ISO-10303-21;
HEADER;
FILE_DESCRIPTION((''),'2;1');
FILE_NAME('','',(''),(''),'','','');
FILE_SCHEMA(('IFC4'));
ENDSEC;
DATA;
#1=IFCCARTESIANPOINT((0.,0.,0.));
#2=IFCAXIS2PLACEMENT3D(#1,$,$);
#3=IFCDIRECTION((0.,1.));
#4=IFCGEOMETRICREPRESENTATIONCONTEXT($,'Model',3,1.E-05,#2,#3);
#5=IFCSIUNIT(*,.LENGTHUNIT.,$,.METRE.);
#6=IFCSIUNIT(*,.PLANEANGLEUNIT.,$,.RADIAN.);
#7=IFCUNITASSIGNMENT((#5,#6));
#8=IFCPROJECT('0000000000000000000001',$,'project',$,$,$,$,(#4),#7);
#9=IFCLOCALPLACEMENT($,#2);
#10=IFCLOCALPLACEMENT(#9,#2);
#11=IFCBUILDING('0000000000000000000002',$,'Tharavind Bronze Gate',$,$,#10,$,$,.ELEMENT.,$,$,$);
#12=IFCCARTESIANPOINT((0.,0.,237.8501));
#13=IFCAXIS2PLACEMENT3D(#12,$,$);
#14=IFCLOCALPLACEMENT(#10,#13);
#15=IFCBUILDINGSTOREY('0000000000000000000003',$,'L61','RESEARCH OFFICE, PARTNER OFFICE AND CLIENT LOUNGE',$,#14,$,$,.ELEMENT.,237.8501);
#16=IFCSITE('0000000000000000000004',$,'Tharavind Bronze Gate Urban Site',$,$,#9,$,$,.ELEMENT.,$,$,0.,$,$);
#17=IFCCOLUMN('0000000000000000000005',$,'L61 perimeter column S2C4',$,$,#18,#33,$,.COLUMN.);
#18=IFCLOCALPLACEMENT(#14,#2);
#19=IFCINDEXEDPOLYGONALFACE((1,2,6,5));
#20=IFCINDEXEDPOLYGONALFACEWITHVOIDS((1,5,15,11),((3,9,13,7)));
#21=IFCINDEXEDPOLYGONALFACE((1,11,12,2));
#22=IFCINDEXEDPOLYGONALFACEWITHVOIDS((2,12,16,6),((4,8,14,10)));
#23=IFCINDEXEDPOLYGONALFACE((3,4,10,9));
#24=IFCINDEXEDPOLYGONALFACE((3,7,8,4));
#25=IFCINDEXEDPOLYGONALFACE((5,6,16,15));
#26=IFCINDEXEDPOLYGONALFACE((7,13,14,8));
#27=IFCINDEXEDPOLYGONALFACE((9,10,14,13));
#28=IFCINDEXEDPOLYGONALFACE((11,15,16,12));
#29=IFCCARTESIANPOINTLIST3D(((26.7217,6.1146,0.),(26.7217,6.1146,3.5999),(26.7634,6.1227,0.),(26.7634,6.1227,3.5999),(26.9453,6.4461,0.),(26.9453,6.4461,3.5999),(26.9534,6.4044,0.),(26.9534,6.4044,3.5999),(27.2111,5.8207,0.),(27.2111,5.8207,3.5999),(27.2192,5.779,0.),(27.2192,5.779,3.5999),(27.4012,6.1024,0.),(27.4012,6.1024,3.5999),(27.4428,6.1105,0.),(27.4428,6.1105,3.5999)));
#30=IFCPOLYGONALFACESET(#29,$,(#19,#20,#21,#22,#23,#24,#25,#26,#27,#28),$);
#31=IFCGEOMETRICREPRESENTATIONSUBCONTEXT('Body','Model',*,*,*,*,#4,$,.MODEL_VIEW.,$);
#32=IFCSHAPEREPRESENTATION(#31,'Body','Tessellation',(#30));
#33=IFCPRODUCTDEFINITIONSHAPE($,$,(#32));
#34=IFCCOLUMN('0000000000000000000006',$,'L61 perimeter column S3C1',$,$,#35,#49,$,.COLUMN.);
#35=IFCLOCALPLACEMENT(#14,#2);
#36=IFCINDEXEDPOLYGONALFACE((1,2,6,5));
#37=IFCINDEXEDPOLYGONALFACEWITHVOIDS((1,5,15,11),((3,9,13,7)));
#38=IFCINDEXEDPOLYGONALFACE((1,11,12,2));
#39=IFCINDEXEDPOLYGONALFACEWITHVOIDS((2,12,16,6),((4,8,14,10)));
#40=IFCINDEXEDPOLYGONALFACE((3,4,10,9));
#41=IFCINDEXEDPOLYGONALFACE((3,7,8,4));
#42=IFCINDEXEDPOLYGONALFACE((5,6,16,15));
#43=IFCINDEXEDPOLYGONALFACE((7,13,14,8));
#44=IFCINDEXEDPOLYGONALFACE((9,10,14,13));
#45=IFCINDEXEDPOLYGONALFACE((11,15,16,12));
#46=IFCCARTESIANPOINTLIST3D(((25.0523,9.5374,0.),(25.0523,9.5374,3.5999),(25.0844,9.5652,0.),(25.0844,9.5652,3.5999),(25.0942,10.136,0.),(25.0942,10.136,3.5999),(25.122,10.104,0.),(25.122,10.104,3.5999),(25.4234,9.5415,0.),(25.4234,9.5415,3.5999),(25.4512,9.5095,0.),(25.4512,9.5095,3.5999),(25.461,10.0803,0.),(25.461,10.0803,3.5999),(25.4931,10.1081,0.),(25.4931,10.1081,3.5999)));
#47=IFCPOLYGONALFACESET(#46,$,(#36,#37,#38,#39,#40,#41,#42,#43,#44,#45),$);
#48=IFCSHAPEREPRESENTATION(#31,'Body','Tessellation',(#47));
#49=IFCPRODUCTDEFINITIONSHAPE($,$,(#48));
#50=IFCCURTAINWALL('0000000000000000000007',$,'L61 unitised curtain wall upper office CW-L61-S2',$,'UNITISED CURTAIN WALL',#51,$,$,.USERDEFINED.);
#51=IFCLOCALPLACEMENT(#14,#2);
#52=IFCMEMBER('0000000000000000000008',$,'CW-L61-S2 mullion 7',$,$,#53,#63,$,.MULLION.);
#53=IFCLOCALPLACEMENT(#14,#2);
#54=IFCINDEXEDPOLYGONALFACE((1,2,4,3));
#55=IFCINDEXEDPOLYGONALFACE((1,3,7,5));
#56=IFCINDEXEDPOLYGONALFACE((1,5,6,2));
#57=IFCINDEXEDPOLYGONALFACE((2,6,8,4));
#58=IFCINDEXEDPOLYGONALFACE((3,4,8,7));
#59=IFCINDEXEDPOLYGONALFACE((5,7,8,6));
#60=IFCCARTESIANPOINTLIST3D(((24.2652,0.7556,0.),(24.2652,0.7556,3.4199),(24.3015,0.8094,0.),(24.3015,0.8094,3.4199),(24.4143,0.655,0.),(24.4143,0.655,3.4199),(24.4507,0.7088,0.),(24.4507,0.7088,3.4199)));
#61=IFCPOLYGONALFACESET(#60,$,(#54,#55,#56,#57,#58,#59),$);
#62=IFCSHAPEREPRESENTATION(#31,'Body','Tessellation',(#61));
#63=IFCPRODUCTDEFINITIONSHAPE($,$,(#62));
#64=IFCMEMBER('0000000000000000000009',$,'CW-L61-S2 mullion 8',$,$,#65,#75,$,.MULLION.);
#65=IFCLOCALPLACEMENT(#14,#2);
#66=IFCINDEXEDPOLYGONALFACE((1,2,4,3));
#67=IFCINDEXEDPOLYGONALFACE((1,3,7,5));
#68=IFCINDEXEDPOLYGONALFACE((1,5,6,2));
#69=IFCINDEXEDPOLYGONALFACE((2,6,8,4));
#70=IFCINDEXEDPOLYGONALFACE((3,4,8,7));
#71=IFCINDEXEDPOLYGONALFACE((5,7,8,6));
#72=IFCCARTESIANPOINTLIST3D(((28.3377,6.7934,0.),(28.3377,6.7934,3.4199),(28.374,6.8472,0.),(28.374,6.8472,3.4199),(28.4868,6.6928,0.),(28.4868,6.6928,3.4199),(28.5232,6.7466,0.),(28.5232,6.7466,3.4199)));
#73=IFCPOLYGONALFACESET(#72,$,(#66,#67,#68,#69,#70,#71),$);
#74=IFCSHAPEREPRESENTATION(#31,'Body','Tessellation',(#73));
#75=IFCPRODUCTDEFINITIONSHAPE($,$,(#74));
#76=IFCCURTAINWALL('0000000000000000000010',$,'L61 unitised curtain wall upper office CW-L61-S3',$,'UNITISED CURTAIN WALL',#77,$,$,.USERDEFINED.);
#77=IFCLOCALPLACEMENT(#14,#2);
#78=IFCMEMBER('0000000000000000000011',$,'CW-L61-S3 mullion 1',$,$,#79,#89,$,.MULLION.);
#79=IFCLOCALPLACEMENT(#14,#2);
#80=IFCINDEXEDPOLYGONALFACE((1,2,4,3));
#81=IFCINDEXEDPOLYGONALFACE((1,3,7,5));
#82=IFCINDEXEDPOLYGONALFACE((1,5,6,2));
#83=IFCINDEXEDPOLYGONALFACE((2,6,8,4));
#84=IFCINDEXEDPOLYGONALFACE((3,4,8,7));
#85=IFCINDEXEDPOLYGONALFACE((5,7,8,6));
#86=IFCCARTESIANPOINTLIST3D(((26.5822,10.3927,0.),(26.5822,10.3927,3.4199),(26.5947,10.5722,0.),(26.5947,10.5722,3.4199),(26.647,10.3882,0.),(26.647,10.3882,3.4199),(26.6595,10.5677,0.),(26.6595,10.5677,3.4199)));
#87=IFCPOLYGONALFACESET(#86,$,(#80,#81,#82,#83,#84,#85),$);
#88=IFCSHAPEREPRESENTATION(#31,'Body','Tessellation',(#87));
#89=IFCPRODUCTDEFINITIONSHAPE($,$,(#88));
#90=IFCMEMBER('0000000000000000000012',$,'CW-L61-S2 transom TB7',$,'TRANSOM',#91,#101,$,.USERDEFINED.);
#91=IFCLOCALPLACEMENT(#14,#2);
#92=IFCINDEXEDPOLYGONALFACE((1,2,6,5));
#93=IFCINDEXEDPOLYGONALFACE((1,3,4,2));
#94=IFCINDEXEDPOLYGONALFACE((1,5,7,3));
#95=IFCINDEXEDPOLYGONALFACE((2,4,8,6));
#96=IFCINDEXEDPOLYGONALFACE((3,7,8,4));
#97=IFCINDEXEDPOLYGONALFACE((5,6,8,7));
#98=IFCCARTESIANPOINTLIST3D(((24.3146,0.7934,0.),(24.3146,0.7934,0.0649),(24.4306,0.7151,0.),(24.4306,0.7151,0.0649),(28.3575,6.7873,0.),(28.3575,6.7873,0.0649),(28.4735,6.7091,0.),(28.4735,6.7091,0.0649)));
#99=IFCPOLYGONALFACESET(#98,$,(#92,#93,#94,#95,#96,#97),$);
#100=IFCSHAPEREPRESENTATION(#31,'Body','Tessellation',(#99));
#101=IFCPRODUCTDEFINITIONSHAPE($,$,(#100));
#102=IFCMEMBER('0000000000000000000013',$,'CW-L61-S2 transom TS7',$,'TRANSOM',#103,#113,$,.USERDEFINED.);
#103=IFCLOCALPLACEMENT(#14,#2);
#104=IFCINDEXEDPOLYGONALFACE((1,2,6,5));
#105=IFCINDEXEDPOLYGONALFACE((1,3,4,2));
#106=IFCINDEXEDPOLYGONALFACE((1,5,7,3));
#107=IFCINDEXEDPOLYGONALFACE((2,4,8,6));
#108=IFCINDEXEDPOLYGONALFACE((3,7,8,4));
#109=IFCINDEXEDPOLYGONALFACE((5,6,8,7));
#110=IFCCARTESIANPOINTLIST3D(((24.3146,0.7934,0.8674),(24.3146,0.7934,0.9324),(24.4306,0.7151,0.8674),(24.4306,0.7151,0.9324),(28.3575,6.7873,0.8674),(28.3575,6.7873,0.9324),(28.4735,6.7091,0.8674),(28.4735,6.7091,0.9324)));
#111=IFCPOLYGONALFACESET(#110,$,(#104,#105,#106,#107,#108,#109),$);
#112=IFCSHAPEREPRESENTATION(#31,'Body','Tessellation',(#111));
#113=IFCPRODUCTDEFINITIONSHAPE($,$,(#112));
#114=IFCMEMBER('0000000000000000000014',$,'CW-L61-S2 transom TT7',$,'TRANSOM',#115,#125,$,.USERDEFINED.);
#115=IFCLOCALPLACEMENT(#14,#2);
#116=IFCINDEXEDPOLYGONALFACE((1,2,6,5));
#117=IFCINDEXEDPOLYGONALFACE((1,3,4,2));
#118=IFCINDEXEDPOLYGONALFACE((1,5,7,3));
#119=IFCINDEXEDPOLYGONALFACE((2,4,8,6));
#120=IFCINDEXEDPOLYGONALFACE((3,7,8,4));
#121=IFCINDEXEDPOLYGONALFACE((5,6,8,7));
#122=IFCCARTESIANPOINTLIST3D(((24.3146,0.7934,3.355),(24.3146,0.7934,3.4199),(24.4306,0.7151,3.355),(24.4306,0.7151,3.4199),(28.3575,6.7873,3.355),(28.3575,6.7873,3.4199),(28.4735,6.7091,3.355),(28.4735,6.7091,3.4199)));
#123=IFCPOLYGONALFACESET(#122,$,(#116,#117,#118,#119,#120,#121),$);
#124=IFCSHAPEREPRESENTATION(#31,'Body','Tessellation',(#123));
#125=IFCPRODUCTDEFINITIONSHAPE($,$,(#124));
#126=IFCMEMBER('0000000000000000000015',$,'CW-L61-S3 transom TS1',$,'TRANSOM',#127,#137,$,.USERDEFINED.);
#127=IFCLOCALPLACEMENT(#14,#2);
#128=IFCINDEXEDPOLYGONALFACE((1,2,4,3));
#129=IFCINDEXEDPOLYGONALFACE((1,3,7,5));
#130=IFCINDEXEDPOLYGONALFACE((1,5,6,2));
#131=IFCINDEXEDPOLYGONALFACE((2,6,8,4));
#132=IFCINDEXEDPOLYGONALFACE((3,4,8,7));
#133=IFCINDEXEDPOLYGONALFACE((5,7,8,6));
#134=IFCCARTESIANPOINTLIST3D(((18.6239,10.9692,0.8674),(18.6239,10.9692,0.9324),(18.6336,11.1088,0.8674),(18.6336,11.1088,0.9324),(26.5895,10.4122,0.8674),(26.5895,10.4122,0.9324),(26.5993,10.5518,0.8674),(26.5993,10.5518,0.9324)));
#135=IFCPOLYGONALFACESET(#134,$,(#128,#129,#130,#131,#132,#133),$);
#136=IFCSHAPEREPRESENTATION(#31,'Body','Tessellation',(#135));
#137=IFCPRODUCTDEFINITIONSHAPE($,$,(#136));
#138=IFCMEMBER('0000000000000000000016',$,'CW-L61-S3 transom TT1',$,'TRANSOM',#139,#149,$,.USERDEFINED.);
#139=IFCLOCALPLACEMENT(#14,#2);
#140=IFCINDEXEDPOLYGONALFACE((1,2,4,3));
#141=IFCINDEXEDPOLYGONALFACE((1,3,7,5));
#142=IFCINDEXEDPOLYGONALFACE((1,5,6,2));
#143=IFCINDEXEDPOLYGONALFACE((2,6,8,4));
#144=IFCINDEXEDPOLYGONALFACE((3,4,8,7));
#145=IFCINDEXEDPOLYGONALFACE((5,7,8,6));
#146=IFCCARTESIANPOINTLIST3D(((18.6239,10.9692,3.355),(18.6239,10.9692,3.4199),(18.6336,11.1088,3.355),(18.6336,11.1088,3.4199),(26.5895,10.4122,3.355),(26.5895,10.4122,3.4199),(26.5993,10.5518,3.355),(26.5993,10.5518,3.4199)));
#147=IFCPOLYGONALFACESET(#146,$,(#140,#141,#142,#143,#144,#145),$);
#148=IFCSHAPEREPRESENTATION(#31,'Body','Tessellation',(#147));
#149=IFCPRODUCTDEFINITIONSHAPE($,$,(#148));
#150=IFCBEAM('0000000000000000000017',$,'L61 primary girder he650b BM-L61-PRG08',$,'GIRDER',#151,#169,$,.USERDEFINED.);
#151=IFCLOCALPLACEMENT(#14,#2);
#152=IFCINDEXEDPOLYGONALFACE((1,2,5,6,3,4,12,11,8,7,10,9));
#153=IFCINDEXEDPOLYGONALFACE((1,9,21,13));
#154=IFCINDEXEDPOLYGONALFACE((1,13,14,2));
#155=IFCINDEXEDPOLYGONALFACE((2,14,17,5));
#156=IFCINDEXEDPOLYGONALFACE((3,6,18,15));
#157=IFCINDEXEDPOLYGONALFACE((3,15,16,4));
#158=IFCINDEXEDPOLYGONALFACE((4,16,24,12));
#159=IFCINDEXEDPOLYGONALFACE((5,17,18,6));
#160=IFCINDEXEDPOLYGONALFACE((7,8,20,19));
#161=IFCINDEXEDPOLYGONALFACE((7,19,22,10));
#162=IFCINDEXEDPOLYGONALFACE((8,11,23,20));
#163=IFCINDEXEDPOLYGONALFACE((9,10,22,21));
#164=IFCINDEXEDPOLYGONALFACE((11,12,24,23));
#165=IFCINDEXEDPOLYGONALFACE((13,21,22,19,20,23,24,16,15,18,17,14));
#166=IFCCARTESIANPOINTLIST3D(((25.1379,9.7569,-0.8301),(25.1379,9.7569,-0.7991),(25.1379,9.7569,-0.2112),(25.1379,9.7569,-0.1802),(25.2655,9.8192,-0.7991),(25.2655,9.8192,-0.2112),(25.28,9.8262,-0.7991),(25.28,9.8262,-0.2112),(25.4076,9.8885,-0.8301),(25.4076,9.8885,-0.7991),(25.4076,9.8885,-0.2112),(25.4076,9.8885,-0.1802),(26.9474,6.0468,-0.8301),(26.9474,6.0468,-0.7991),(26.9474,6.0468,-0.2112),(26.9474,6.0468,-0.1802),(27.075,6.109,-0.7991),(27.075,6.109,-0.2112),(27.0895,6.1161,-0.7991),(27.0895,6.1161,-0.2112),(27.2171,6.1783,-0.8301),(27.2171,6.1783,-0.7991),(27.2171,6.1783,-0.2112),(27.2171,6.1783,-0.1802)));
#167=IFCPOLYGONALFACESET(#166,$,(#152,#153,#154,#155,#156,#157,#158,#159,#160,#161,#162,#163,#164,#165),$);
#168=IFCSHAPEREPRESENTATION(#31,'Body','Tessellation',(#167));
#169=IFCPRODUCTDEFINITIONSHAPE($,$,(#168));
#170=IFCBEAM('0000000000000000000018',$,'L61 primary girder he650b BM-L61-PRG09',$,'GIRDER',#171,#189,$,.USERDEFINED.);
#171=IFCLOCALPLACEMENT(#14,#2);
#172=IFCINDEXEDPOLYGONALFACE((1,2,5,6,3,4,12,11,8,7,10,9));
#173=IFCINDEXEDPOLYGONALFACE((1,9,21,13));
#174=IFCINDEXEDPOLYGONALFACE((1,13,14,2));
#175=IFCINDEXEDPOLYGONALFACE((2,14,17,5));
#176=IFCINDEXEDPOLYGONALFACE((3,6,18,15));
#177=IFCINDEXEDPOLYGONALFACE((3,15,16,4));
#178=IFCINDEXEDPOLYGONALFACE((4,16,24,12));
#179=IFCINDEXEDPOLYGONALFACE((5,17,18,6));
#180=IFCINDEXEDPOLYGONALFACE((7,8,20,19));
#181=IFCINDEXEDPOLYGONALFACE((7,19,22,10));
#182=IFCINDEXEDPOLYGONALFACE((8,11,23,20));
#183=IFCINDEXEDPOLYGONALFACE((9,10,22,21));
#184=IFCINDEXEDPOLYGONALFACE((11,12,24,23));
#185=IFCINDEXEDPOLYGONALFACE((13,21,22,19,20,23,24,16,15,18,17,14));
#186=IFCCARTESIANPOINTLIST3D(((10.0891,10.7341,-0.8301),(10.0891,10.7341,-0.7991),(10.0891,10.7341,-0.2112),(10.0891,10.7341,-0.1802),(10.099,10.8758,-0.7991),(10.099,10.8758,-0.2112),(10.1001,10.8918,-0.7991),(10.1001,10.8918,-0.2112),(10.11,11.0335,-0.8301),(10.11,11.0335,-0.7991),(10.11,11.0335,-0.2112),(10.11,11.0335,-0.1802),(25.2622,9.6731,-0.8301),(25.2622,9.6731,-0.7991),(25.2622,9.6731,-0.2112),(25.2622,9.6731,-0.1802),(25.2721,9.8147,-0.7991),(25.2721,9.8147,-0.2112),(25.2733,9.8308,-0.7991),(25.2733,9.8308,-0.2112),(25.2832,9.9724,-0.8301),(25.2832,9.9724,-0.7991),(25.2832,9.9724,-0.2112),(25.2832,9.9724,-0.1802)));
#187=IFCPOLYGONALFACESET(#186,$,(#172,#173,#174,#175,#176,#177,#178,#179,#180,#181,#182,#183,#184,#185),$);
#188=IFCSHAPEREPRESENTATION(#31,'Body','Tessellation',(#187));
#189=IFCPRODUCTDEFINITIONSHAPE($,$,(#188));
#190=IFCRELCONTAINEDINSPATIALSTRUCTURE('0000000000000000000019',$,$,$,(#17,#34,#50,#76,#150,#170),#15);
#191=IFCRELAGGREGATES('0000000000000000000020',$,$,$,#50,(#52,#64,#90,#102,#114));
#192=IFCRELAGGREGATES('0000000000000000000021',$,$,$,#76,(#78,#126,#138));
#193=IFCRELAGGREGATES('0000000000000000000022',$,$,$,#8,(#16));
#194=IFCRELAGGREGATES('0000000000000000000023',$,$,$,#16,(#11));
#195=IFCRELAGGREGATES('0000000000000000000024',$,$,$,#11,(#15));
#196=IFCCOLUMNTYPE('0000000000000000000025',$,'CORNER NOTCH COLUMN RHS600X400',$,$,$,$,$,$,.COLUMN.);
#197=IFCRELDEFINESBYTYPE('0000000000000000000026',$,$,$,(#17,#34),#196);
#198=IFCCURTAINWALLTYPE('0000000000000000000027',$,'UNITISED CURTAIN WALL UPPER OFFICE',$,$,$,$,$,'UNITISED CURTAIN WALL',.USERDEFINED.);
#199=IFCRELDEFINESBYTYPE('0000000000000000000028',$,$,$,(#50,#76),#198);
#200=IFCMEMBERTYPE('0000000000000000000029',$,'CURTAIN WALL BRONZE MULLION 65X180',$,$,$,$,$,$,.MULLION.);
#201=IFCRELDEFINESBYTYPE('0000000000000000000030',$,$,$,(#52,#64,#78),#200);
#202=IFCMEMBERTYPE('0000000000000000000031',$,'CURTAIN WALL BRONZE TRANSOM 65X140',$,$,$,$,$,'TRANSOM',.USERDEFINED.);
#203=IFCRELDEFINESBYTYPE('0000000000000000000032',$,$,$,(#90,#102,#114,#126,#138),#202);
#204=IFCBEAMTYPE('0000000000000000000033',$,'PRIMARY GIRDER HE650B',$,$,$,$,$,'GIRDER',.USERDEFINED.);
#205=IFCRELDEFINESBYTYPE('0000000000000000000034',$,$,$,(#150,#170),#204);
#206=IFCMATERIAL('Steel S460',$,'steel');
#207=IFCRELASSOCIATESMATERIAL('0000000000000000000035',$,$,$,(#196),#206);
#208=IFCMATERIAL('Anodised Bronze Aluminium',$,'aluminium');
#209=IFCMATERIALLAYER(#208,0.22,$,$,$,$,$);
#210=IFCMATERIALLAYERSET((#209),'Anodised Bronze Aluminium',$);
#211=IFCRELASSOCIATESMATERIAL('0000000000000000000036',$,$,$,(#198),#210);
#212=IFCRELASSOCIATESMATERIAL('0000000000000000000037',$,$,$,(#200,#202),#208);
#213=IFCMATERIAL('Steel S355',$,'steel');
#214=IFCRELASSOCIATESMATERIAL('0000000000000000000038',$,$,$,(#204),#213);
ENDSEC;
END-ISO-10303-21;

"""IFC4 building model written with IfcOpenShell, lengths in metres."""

from ifc_helpers import new_model, si_unit, direction, frame, origin, origin_2d, place, context, subcontext, project, spatial, rectangle, hollow_rectangle, i_section, extrude, material, layer, layer_set, material_profile, profile_set, type_object, element, aggregate, save


model = new_model("IFC4")

# Units and contexts
model_context = context("Model", 3, precision=1e-05, world=origin(), true_north=direction((0.0, 1.0)))
body_context = subcontext(model_context, "Body", "Model", "MODEL_VIEW")
ifc_project = project(units=[si_unit("LENGTHUNIT", "METRE"), si_unit("PLANEANGLEUNIT", "RADIAN")], contexts=[model_context])

# Site, building, storey
site_placement = place(None, origin())
site = spatial("IfcSite", under=ifc_project, at=site_placement, Name="Tharavind Bronze Gate Urban Site", CompositionType="ELEMENT", RefElevation=0.0)
building_placement = place(site_placement, origin())
building = spatial("IfcBuilding", under=site, at=building_placement, Name="Tharavind Bronze Gate", CompositionType="ELEMENT")
storey_placement = place(building_placement, frame((0.0, 0.0, 237.8501)))
storey = spatial("IfcBuildingStorey", under=building, at=storey_placement, Name="L61", Description="RESEARCH OFFICE, PARTNER OFFICE AND CLIENT LOUNGE", CompositionType="ELEMENT", Elevation=237.8501)

# Columns
ifc_material_1 = material(Name="Steel S460", Category="steel")
ifc_material_profile_1 = material_profile(ifc_material_1, hollow_rectangle(XDim=0.3999, YDim=0.6001, WallThickness=0.03, at=origin_2d()), Name="RHS600X400X30")
ifc_profile_set_1 = profile_set([ifc_material_profile_1], Name="Steel S460")
column_type = type_object("IfcColumnType", Name="CORNER NOTCH COLUMN RHS600X400", PredefinedType="COLUMN", material=ifc_profile_set_1)
for number, where, z_axis, x_axis, name in (
    (1, (27.0823, 6.1125, 0.0), (0.0, 0.0, 1.0), (0.559194, 0.829037, 0.0), "L61 perimeter column S2C4"),
    (2, (25.2727, 9.8228, 0.0), (0.0, 0.0, 1.0), (-0.997564, 0.069756, 0.0), "L61 perimeter column S3C1"),
):
    element("IfcColumn", number, at=place(storey_placement, frame(where, z_axis=z_axis, x_axis=x_axis)), inside=storey, type_object=column_type, Name=name, PredefinedType="COLUMN", context=body_context, shape_type="SweptSolid", body=[
        extrude(hollow_rectangle(XDim=0.3999, YDim=0.6001, WallThickness=0.03, at=origin_2d()), origin(), (0.0, 0.0, 1.0), 3.5999),
    ])

# Curtain wall, members
ifc_material_2 = material(Name="Anodised Bronze Aluminium", Category="aluminium")
ifc_layer_1 = layer(ifc_material_2, 0.22)
ifc_layer_set_1 = layer_set([ifc_layer_1], Name="Anodised Bronze Aluminium")
curtain_wall_type = type_object("IfcCurtainWallType", Name="UNITISED CURTAIN WALL UPPER OFFICE", ElementType="UNITISED CURTAIN WALL", PredefinedType="USERDEFINED", material=ifc_layer_set_1)
curtain_wall_1_placement = place(storey_placement, origin())
curtain_wall_1 = element("IfcCurtainWall", 3, at=curtain_wall_1_placement, inside=storey, type_object=curtain_wall_type, Name="L61 unitised curtain wall upper office CW-L61-S2", ObjectType="UNITISED CURTAIN WALL", PredefinedType="USERDEFINED")
member_type_1 = type_object("IfcMemberType", Name="CURTAIN WALL BRONZE MULLION 65X180", PredefinedType="MULLION", material=ifc_material_2)
member_1_placement = place(storey_placement, frame((24.3579, 0.7322, 0.0), z_axis=(0.0, 0.0, 1.0), x_axis=(0.559193, 0.829038, 0.0)))
member_1 = element("IfcMember", 4, at=member_1_placement, type_object=member_type_1, Name="CW-L61-S2 mullion 7", PredefinedType="MULLION", context=body_context, shape_type="SweptSolid", body=[
    extrude(rectangle(XDim=0.0649, YDim=0.1799, at=origin_2d()), origin(), (0.0, 0.0, 1.0), 3.4199),
])
member_2_placement = place(storey_placement, frame((28.4304, 6.77, 0.0), z_axis=(0.0, 0.0, 1.0), x_axis=(0.559193, 0.829038, 0.0)))
member_2 = element("IfcMember", 5, at=member_2_placement, type_object=member_type_1, Name="CW-L61-S2 mullion 8", PredefinedType="MULLION", context=body_context, shape_type="SweptSolid", body=[
    extrude(rectangle(XDim=0.0649, YDim=0.1799, at=origin_2d()), origin(), (0.0, 0.0, 1.0), 3.4199),
])

# Curtain wall, member
curtain_wall_2_placement = place(storey_placement, origin())
curtain_wall_2 = element("IfcCurtainWall", 6, at=curtain_wall_2_placement, inside=storey, type_object=curtain_wall_type, Name="L61 unitised curtain wall upper office CW-L61-S3", ObjectType="UNITISED CURTAIN WALL", PredefinedType="USERDEFINED")
member_3_placement = place(storey_placement, frame((26.6208, 10.4802, 0.0), z_axis=(0.0, 0.0, 1.0), x_axis=(-0.997564, 0.069758, 0.0)))
member_3 = element("IfcMember", 7, at=member_3_placement, type_object=member_type_1, Name="CW-L61-S3 mullion 1", PredefinedType="MULLION", context=body_context, shape_type="SweptSolid", body=[
    extrude(rectangle(XDim=0.0649, YDim=0.1799, at=origin_2d()), origin(), (0.0, 0.0, 1.0), 3.4199),
])

# Members
member_type_2 = type_object("IfcMemberType", Name="CURTAIN WALL BRONZE TRANSOM 65X140", ElementType="TRANSOM", PredefinedType="USERDEFINED", material=ifc_material_2)
member_4_placement = place(storey_placement, frame((26.394, 3.7512, 0.0), z_axis=(0.0, 0.0, 1.0), x_axis=(0.559193, 0.829038, 0.0)))
member_4 = element("IfcMember", 8, at=member_4_placement, type_object=member_type_2, Name="CW-L61-S2 transom TB7", ObjectType="TRANSOM", PredefinedType="USERDEFINED", context=body_context, shape_type="SweptSolid", body=[
    extrude(rectangle(XDim=7.23, YDim=0.1399, at=origin_2d()), origin(), (0.0, 0.0, 1.0), 0.0649),
])
member_5_placement = place(storey_placement, frame((26.394, 3.7512, 0.8674), z_axis=(0.0, 0.0, 1.0), x_axis=(0.559193, 0.829038, 0.0)))
member_5 = element("IfcMember", 9, at=member_5_placement, type_object=member_type_2, Name="CW-L61-S2 transom TS7", ObjectType="TRANSOM", PredefinedType="USERDEFINED", context=body_context, shape_type="SweptSolid", body=[
    extrude(rectangle(XDim=7.23, YDim=0.1399, at=origin_2d()), origin(), (0.0, 0.0, 1.0), 0.0649),
])
member_6_placement = place(storey_placement, frame((26.394, 3.7512, 3.355), z_axis=(0.0, 0.0, 1.0), x_axis=(0.559193, 0.829038, 0.0)))
member_6 = element("IfcMember", 10, at=member_6_placement, type_object=member_type_2, Name="CW-L61-S2 transom TT7", ObjectType="TRANSOM", PredefinedType="USERDEFINED", context=body_context, shape_type="SweptSolid", body=[
    extrude(rectangle(XDim=7.23, YDim=0.1399, at=origin_2d()), origin(), (0.0, 0.0, 1.0), 0.0649),
])
member_7_placement = place(storey_placement, frame((22.6116, 10.7605, 0.8674), z_axis=(0.0, 0.0, 1.0), x_axis=(-0.997564, 0.069758, 0.0)))
member_7 = element("IfcMember", 11, at=member_7_placement, type_object=member_type_2, Name="CW-L61-S3 transom TS1", ObjectType="TRANSOM", PredefinedType="USERDEFINED", context=body_context, shape_type="SweptSolid", body=[
    extrude(rectangle(XDim=7.9851, YDim=0.1399, at=origin_2d()), origin(), (0.0, 0.0, 1.0), 0.0649),
])
member_8_placement = place(storey_placement, frame((22.6116, 10.7605, 3.355), z_axis=(0.0, 0.0, 1.0), x_axis=(-0.997564, 0.069758, 0.0)))
member_8 = element("IfcMember", 12, at=member_8_placement, type_object=member_type_2, Name="CW-L61-S3 transom TT1", ObjectType="TRANSOM", PredefinedType="USERDEFINED", context=body_context, shape_type="SweptSolid", body=[
    extrude(rectangle(XDim=7.9851, YDim=0.1399, at=origin_2d()), origin(), (0.0, 0.0, 1.0), 0.0649),
])

# Beams
ifc_material_3 = material(Name="Steel S355", Category="steel")
ifc_material_profile_2 = material_profile(ifc_material_3, i_section(OverallWidth=0.3, OverallDepth=0.6499, WebThickness=0.0161, FlangeThickness=0.031, at=origin_2d()), Name="HE650B")
ifc_profile_set_2 = profile_set([ifc_material_profile_2], Name="Steel S355")
beam_type_1 = type_object("IfcBeamType", Name="PRIMARY GIRDER HE650B", ElementType="GIRDER", PredefinedType="USERDEFINED", material=ifc_profile_set_2)
beam_1_placement = place(storey_placement, frame((27.0823, 6.1125, -0.5051), z_axis=(-0.438368, 0.898796, 0.0), x_axis=(-0.898796, -0.438368, 0.0)))
element("IfcBeam", 13, at=beam_1_placement, inside=storey, type_object=beam_type_1, Name="L61 primary girder he650b BM-L61-PRG08", ObjectType="GIRDER", PredefinedType="USERDEFINED", context=body_context, shape_type="SweptSolid", body=[
    extrude(i_section(OverallWidth=0.3, OverallDepth=0.6499, WebThickness=0.0161, FlangeThickness=0.031, at=origin_2d()), origin(), (0.0, 0.0, 1.0), 4.1279),
])
beam_2_placement = place(storey_placement, frame((25.2727, 9.8228, -0.5051), z_axis=(-0.997564, 0.069758, 0.0), x_axis=(-0.069758, -0.997564, 0.0)))
element("IfcBeam", 14, at=beam_2_placement, inside=storey, type_object=beam_type_1, Name="L61 primary girder he650b BM-L61-PRG09", ObjectType="GIRDER", PredefinedType="USERDEFINED", context=body_context, shape_type="SweptSolid", body=[
    extrude(i_section(OverallWidth=0.3, OverallDepth=0.6499, WebThickness=0.0161, FlangeThickness=0.031, at=origin_2d()), origin(), (0.0, 0.0, 1.0), 15.2102),
])

aggregate(curtain_wall_1, [member_1, member_2, member_4, member_5, member_6])
aggregate(curtain_wall_2, [member_3, member_7, member_8])

save(model, "model.ifc")
